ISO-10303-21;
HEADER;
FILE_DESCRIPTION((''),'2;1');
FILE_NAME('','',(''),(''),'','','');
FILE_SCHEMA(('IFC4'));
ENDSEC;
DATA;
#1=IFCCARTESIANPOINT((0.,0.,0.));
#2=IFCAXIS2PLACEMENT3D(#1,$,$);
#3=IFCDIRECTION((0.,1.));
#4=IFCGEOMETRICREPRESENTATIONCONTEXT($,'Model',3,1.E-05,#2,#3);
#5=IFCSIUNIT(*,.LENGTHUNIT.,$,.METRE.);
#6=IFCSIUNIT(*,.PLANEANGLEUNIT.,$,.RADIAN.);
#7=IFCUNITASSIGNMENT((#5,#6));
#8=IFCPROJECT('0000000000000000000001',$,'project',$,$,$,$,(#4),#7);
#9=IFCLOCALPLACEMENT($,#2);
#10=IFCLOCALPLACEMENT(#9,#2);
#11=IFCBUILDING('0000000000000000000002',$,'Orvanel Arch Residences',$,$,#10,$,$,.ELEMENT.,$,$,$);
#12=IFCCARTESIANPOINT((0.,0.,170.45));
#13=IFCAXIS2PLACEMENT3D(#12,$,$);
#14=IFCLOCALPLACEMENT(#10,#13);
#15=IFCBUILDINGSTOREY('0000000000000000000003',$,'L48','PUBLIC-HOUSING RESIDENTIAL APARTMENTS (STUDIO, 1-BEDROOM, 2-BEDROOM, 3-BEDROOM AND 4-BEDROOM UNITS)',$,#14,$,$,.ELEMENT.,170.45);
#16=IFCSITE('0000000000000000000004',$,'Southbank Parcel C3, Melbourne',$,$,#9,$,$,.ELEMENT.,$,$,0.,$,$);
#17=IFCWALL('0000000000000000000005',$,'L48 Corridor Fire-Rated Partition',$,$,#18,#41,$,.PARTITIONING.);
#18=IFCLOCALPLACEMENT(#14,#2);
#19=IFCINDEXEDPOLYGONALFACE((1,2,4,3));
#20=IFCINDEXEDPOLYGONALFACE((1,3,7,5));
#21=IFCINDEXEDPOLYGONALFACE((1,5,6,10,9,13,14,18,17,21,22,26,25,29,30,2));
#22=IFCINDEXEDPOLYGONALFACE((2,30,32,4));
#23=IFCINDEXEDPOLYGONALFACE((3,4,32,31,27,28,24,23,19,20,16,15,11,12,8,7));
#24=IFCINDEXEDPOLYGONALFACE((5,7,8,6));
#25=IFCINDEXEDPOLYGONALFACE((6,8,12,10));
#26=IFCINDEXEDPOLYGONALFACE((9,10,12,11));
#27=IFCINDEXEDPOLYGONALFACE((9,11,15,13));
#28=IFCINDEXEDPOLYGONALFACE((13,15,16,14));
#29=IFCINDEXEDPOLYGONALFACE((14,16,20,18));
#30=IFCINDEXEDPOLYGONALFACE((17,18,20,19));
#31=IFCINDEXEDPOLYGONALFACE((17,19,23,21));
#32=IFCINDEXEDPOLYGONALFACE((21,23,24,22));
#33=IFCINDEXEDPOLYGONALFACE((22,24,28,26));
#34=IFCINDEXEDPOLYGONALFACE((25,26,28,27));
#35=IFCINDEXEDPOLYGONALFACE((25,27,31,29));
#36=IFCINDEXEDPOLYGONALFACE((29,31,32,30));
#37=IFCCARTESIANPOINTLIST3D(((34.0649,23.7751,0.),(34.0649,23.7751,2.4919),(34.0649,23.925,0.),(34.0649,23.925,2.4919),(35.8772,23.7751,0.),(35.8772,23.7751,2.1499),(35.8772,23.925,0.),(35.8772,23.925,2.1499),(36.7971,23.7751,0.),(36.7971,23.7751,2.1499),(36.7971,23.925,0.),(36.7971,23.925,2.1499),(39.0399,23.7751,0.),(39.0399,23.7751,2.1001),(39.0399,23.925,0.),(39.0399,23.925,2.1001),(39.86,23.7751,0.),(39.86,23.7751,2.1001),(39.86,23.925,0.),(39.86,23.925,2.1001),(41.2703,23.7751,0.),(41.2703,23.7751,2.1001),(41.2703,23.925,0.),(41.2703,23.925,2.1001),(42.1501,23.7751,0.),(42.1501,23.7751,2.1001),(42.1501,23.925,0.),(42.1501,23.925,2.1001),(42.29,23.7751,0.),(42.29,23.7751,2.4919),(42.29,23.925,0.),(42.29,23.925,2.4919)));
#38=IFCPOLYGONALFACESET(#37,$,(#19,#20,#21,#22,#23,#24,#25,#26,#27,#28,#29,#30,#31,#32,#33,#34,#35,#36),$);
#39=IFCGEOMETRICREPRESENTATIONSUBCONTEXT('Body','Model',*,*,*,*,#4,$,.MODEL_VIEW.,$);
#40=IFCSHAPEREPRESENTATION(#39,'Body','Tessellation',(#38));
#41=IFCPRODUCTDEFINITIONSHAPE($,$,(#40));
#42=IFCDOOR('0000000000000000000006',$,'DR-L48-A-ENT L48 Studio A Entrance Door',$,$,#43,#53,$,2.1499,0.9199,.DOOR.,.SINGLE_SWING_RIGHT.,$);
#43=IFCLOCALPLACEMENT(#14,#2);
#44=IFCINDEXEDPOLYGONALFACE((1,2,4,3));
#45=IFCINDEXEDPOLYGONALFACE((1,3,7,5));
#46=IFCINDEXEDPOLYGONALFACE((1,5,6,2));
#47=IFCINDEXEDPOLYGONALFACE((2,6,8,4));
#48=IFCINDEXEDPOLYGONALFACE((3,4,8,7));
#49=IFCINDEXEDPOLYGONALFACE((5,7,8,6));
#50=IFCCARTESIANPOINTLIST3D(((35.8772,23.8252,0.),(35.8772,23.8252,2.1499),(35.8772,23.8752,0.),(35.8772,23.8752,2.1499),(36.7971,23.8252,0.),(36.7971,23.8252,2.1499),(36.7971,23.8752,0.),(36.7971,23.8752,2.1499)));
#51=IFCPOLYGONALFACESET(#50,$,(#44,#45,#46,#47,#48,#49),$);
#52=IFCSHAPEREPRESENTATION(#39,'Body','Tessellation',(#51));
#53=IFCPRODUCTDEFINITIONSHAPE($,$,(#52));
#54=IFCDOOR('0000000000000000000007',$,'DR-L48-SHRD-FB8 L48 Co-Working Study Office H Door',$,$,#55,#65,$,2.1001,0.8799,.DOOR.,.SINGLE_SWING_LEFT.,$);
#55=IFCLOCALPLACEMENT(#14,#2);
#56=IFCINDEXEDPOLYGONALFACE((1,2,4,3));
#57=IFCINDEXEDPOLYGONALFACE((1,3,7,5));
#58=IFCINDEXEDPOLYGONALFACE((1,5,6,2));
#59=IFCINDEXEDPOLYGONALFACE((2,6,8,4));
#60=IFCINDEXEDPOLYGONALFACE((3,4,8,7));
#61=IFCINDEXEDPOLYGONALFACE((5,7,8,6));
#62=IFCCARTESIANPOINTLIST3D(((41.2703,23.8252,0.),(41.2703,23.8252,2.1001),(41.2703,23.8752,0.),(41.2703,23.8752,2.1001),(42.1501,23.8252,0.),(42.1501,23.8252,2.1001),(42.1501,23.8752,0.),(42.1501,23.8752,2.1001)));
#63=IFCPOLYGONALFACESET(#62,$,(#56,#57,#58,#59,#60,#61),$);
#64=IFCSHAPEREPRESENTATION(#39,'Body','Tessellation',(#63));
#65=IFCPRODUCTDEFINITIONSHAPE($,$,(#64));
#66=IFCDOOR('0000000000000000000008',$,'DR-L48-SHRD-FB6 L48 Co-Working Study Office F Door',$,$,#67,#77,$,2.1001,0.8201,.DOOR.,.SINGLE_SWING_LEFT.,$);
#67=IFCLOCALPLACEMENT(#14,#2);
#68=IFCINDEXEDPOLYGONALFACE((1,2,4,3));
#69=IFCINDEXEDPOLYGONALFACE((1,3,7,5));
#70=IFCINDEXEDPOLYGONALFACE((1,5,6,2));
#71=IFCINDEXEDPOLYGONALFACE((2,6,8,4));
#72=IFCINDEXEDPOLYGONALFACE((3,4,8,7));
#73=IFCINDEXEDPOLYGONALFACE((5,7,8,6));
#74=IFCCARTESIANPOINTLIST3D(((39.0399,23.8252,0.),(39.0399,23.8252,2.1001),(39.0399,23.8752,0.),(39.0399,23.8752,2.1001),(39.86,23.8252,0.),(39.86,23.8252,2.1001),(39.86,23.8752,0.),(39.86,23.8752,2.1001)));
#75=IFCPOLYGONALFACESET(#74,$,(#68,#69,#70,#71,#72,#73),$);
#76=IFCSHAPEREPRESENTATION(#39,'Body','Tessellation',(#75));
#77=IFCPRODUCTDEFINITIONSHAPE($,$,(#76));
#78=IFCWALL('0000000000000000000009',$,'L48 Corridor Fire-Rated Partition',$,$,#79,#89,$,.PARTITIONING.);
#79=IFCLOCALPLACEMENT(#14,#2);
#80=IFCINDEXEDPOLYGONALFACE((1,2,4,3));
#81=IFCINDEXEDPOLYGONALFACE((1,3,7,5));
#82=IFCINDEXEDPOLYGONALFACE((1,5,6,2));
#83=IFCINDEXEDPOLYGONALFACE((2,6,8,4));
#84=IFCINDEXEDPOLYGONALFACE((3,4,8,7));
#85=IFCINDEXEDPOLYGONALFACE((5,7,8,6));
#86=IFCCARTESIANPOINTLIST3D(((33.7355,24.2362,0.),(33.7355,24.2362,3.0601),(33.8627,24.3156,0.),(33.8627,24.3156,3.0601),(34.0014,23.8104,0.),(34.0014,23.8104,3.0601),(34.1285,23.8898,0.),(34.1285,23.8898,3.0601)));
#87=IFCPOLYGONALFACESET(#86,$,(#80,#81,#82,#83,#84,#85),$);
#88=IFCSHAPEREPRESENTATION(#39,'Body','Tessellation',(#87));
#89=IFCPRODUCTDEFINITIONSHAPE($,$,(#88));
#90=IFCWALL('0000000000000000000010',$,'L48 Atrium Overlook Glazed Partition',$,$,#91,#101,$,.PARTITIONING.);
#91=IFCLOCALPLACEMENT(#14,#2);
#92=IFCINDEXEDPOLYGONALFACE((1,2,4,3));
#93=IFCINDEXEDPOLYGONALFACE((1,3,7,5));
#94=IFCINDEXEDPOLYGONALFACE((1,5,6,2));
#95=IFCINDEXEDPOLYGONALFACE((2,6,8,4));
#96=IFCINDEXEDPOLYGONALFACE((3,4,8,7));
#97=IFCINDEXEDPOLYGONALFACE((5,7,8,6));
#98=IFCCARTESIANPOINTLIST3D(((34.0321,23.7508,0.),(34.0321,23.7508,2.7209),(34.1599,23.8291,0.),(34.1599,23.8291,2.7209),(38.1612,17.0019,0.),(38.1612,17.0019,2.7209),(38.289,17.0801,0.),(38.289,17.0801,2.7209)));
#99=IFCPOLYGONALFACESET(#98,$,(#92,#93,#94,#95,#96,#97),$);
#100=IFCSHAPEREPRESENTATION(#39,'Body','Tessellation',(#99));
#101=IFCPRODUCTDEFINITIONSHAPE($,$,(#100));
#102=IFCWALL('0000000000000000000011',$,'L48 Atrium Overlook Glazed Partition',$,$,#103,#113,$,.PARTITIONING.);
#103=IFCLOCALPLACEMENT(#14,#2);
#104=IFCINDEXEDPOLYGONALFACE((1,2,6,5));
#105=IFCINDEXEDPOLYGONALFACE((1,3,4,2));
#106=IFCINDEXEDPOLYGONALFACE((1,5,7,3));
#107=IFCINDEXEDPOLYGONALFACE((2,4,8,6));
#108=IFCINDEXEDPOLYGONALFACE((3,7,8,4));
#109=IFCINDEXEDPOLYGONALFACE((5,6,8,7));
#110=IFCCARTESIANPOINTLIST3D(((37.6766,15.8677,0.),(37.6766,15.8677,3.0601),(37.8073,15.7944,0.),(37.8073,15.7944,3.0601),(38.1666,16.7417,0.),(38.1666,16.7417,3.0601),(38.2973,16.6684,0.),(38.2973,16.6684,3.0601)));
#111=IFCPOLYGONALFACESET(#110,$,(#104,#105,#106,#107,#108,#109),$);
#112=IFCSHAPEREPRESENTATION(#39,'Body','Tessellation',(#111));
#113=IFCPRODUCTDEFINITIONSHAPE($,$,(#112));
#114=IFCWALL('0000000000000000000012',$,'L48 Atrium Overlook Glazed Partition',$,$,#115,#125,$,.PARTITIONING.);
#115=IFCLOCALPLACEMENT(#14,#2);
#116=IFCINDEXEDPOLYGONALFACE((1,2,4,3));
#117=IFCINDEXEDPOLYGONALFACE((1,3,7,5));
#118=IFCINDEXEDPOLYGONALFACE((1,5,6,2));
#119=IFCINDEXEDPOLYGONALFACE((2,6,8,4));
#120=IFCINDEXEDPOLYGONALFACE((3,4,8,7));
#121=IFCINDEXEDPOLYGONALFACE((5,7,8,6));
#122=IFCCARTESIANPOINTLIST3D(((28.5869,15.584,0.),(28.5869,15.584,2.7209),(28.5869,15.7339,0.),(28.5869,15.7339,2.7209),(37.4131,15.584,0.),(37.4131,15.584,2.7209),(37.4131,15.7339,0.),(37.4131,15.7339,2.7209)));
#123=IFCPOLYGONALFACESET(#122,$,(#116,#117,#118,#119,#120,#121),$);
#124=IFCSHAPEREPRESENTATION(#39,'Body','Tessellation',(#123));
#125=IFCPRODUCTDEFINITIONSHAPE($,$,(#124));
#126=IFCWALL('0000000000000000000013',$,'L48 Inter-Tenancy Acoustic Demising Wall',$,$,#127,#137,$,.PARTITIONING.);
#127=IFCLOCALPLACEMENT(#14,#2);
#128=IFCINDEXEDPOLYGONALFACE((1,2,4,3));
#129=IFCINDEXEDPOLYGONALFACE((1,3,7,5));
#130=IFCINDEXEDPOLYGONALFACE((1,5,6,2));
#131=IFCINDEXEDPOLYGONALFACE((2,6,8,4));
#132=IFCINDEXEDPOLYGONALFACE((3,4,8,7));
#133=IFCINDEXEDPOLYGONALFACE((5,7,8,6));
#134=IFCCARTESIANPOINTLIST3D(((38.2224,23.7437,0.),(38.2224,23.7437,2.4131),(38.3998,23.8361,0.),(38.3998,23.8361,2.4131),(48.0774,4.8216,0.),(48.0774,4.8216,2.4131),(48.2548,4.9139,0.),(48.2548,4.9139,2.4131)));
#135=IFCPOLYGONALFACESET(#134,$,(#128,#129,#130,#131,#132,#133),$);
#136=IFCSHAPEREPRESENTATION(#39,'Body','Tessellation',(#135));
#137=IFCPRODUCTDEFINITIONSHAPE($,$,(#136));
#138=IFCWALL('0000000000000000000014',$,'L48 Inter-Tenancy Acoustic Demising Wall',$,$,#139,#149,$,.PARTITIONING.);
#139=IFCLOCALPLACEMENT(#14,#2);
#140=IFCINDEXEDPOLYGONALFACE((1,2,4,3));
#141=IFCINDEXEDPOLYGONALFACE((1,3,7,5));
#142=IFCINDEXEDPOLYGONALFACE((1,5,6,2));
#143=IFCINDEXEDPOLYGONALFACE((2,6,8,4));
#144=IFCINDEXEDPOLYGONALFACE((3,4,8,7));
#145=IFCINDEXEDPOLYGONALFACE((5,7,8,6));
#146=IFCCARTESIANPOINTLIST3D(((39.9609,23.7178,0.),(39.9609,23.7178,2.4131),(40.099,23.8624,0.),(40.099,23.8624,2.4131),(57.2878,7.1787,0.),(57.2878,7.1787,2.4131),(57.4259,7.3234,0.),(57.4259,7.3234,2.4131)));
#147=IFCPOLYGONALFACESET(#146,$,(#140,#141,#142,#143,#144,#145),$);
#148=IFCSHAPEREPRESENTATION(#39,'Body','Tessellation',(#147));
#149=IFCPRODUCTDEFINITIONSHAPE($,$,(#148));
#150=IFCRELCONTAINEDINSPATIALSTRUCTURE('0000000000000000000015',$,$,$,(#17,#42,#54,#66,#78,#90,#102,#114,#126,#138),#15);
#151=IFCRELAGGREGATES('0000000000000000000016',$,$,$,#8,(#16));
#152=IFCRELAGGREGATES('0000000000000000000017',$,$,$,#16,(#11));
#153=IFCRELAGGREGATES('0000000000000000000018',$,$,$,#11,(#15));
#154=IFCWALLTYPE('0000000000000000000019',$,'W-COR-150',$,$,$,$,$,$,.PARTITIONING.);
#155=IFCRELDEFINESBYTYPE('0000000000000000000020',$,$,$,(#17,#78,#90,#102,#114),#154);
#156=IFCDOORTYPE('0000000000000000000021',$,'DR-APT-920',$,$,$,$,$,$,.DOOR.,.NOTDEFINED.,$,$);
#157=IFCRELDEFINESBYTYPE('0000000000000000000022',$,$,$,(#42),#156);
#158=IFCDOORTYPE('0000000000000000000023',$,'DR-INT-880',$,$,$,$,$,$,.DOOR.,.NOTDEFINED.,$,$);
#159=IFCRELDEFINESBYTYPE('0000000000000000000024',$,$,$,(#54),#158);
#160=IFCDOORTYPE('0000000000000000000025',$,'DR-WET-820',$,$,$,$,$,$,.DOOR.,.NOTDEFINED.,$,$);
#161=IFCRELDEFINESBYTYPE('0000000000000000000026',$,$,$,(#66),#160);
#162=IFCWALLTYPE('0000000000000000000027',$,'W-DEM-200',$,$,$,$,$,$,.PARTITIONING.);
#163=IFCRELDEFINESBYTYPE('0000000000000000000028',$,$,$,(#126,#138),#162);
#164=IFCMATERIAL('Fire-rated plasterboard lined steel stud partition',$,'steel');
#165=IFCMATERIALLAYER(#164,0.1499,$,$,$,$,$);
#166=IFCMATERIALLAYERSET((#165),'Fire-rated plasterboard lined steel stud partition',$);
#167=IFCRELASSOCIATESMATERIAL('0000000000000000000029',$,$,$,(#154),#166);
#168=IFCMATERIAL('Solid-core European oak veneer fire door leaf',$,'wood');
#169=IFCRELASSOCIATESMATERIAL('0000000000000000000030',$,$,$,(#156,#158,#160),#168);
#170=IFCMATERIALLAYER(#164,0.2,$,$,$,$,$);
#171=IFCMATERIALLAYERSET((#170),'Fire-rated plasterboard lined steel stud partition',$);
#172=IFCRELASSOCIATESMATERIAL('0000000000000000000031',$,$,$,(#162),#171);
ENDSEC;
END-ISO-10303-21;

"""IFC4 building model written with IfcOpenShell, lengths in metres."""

from ifc_helpers import new_model, si_unit, direction, frame, frame_2d, origin, place, context, subcontext, project, spatial, rectangle, extrude, material, layer, layer_set, type_object, element, fill, save


model = new_model("IFC4")

# Units and contexts
model_context = context("Model", 3, precision=1e-05, world=origin(), true_north=direction((0.0, 1.0)))
body_context = subcontext(model_context, "Body", "Model", "MODEL_VIEW")
ifc_project = project(units=[si_unit("LENGTHUNIT", "METRE"), si_unit("PLANEANGLEUNIT", "RADIAN")], contexts=[model_context])

# Site, building, storey
site_placement = place(None, origin())
site = spatial("IfcSite", under=ifc_project, at=site_placement, Name="Southbank Parcel C3, Melbourne", CompositionType="ELEMENT", RefElevation=0.0)
building_placement = place(site_placement, origin())
building = spatial("IfcBuilding", under=site, at=building_placement, Name="Orvanel Arch Residences", CompositionType="ELEMENT")
storey_placement = place(building_placement, frame((0.0, 0.0, 170.45)))
storey = spatial("IfcBuildingStorey", under=building, at=storey_placement, Name="L48", Description="PUBLIC-HOUSING RESIDENTIAL APARTMENTS (STUDIO, 1-BEDROOM, 2-BEDROOM, 3-BEDROOM AND 4-BEDROOM UNITS)", CompositionType="ELEMENT", Elevation=170.45)

# Wall, openings, doors
ifc_material_1 = material(Name="Fire-rated plasterboard lined steel stud partition", Category="steel")
ifc_layer_1 = layer(ifc_material_1, 0.1499)
ifc_layer_set_1 = layer_set([ifc_layer_1], Name="Fire-rated plasterboard lined steel stud partition")
wall_type_1 = type_object("IfcWallType", Name="W-COR-150", PredefinedType="PARTITIONING", material=ifc_layer_set_1)
wall_1_placement = place(storey_placement, frame((42.29, 23.8501, 0.0), z_axis=(0.0, 0.0, 1.0), x_axis=(-1.0, 0.0, 0.0)))
wall_1 = element("IfcWall", 1, at=wall_1_placement, inside=storey, type_object=wall_type_1, Name="L48 Corridor Fire-Rated Partition", PredefinedType="PARTITIONING", context=body_context, shape_type="SweptSolid", body=[
    extrude(rectangle(XDim=8.2251, YDim=0.1499, at=frame_2d((4.1125, 0.0))), origin(), (0.0, 0.0, 1.0), 2.4919),
])
opening_1_placement = place(wall_1_placement, frame((5.4929, 0.0, 0.0)))
opening_1 = element("IfcOpeningElement", 2, at=opening_1_placement, cuts=wall_1, PredefinedType="OPENING", context=body_context, shape_type="SweptSolid", body=[
    extrude(rectangle(XDim=0.9199, YDim=2.1499, at=frame_2d((0.46, 1.075))), frame((0.0, 0.085, 0.0), z_axis=(0.0, -1.0, 0.0), x_axis=(1.0, 0.0, 0.0)), (0.0, 0.0, 1.0), 0.1699),
])
opening_2_placement = place(wall_1_placement, frame((2.4299, 0.0, 0.0)))
opening_2 = element("IfcOpeningElement", 3, at=opening_2_placement, cuts=wall_1, PredefinedType="OPENING", context=body_context, shape_type="SweptSolid", body=[
    extrude(rectangle(XDim=0.8201, YDim=2.1001, at=frame_2d((0.4102, 1.05))), frame((0.0, 0.085, 0.0), z_axis=(0.0, -1.0, 0.0), x_axis=(1.0, 0.0, 0.0)), (0.0, 0.0, 1.0), 0.1699),
])
opening_3_placement = place(wall_1_placement, frame((0.1399, 0.0, 0.0)))
opening_3 = element("IfcOpeningElement", 4, at=opening_3_placement, cuts=wall_1, PredefinedType="OPENING", context=body_context, shape_type="SweptSolid", body=[
    extrude(rectangle(XDim=0.8799, YDim=2.1001, at=frame_2d((0.4399, 1.05))), frame((0.0, 0.085, 0.0), z_axis=(0.0, -1.0, 0.0), x_axis=(1.0, 0.0, 0.0)), (0.0, 0.0, 1.0), 0.1699),
])
ifc_material_2 = material(Name="Solid-core European oak veneer fire door leaf", Category="wood")
door_type_1 = type_object("IfcDoorType", Name="DR-APT-920", OperationType="NOTDEFINED", PredefinedType="DOOR", material=ifc_material_2)
door_1_placement = place(opening_1_placement, origin())
door_1 = element("IfcDoor", 5, at=door_1_placement, inside=storey, type_object=door_type_1, Name="DR-L48-A-ENT L48 Studio A Entrance Door", OperationType="SINGLE_SWING_RIGHT", OverallHeight=2.1499, OverallWidth=0.9199, PredefinedType="DOOR", context=body_context, shape_type="SweptSolid", body=[
    extrude(rectangle(XDim=0.9199, YDim=2.1499, at=frame_2d((0.46, 1.075))), frame((0.0, 0.0249, 0.0), z_axis=(0.0, -1.0, 0.0), x_axis=(1.0, 0.0, 0.0)), (0.0, 0.0, 1.0), 0.05),
])
fill(opening_1, door_1)
door_type_2 = type_object("IfcDoorType", Name="DR-INT-880", OperationType="NOTDEFINED", PredefinedType="DOOR", material=ifc_material_2)
door_2_placement = place(opening_3_placement, origin())
door_2 = element("IfcDoor", 6, at=door_2_placement, inside=storey, type_object=door_type_2, Name="DR-L48-SHRD-FB8 L48 Co-Working Study Office H Door", OperationType="SINGLE_SWING_LEFT", OverallHeight=2.1001, OverallWidth=0.8799, PredefinedType="DOOR", context=body_context, shape_type="SweptSolid", body=[
    extrude(rectangle(XDim=0.8799, YDim=2.1001, at=frame_2d((0.4399, 1.05))), frame((0.0, 0.0249, 0.0), z_axis=(0.0, -1.0, 0.0), x_axis=(1.0, 0.0, 0.0)), (0.0, 0.0, 1.0), 0.05),
])
fill(opening_3, door_2)
door_type_3 = type_object("IfcDoorType", Name="DR-WET-820", OperationType="NOTDEFINED", PredefinedType="DOOR", material=ifc_material_2)
door_3_placement = place(opening_2_placement, origin())
door_3 = element("IfcDoor", 7, at=door_3_placement, inside=storey, type_object=door_type_3, Name="DR-L48-SHRD-FB6 L48 Co-Working Study Office F Door", OperationType="SINGLE_SWING_LEFT", OverallHeight=2.1001, OverallWidth=0.8201, PredefinedType="DOOR", context=body_context, shape_type="SweptSolid", body=[
    extrude(rectangle(XDim=0.8201, YDim=2.1001, at=frame_2d((0.4102, 1.05))), frame((0.0, 0.0249, 0.0), z_axis=(0.0, -1.0, 0.0), x_axis=(1.0, 0.0, 0.0)), (0.0, 0.0, 1.0), 0.05),
])
fill(opening_2, door_3)

# Walls
wall_2_placement = place(storey_placement, frame((34.0649, 23.8501, 0.0), z_axis=(0.0, 0.0, 1.0), x_axis=(-0.529649, 0.848217, 0.0)))
element("IfcWall", 8, at=wall_2_placement, inside=storey, type_object=wall_type_1, Name="L48 Corridor Fire-Rated Partition", PredefinedType="PARTITIONING", context=body_context, shape_type="SweptSolid", body=[
    extrude(rectangle(XDim=0.502, YDim=0.1499, at=frame_2d((0.251, 0.0))), origin(), (0.0, 0.0, 1.0), 3.0601),
])
wall_3_placement = place(storey_placement, frame((34.0959, 23.79, 0.0), z_axis=(0.0, 0.0, 1.0), x_axis=(0.521887, -0.853015, 0.0)))
element("IfcWall", 9, at=wall_3_placement, inside=storey, type_object=wall_type_1, Name="L48 Atrium Overlook Glazed Partition", PredefinedType="PARTITIONING", context=body_context, shape_type="SweptSolid", body=[
    extrude(rectangle(XDim=7.9119, YDim=0.1499, at=frame_2d((3.9561, 0.0))), origin(), (0.0, 0.0, 1.0), 2.7209),
])
wall_4_placement = place(storey_placement, frame((38.2319, 16.7051, 0.0), z_axis=(0.0, 0.0, 1.0), x_axis=(-0.489011, -0.872277, 0.0)))
element("IfcWall", 10, at=wall_4_placement, inside=storey, type_object=wall_type_1, Name="L48 Atrium Overlook Glazed Partition", PredefinedType="PARTITIONING", context=body_context, shape_type="SweptSolid", body=[
    extrude(rectangle(XDim=1.002, YDim=0.1499, at=frame_2d((0.501, 0.0))), origin(), (0.0, 0.0, 1.0), 3.0601),
])
wall_5_placement = place(storey_placement, frame((37.4131, 15.6589, 0.0), z_axis=(0.0, 0.0, 1.0), x_axis=(-1.0, 0.0, 0.0)))
element("IfcWall", 11, at=wall_5_placement, inside=storey, type_object=wall_type_1, Name="L48 Atrium Overlook Glazed Partition", PredefinedType="PARTITIONING", context=body_context, shape_type="SweptSolid", body=[
    extrude(rectangle(XDim=8.8262, YDim=0.1499, at=frame_2d((4.4131, 0.0))), origin(), (0.0, 0.0, 1.0), 2.7209),
])
ifc_layer_2 = layer(ifc_material_1, 0.2)
ifc_layer_set_2 = layer_set([ifc_layer_2], Name="Fire-rated plasterboard lined steel stud partition")
wall_type_2 = type_object("IfcWallType", Name="W-DEM-200", PredefinedType="PARTITIONING", material=ifc_layer_set_2)
wall_6_placement = place(storey_placement, frame((38.311, 23.79, 0.0), z_axis=(0.0, 0.0, 1.0), x_axis=(0.461924, -0.88692, 0.0)))
element("IfcWall", 12, at=wall_6_placement, inside=storey, type_object=wall_type_2, Name="L48 Inter-Tenancy Acoustic Demising Wall", PredefinedType="PARTITIONING", context=body_context, shape_type="SweptSolid", body=[
    extrude(rectangle(XDim=21.3347, YDim=0.2, at=frame_2d((10.6675, 0.0))), origin(), (0.0, 0.0, 1.0), 2.4131),
])
wall_7_placement = place(storey_placement, frame((40.03, 23.79, 0.0), z_axis=(0.0, 0.0, 1.0), x_axis=(0.723361, -0.69047, 0.0)))
element("IfcWall", 13, at=wall_7_placement, inside=storey, type_object=wall_type_2, Name="L48 Inter-Tenancy Acoustic Demising Wall", PredefinedType="PARTITIONING", context=body_context, shape_type="SweptSolid", body=[
    extrude(rectangle(XDim=23.9534, YDim=0.2, at=frame_2d((11.9766, 0.0))), origin(), (0.0, 0.0, 1.0), 2.4131),
])

save(model, "model.ifc")
